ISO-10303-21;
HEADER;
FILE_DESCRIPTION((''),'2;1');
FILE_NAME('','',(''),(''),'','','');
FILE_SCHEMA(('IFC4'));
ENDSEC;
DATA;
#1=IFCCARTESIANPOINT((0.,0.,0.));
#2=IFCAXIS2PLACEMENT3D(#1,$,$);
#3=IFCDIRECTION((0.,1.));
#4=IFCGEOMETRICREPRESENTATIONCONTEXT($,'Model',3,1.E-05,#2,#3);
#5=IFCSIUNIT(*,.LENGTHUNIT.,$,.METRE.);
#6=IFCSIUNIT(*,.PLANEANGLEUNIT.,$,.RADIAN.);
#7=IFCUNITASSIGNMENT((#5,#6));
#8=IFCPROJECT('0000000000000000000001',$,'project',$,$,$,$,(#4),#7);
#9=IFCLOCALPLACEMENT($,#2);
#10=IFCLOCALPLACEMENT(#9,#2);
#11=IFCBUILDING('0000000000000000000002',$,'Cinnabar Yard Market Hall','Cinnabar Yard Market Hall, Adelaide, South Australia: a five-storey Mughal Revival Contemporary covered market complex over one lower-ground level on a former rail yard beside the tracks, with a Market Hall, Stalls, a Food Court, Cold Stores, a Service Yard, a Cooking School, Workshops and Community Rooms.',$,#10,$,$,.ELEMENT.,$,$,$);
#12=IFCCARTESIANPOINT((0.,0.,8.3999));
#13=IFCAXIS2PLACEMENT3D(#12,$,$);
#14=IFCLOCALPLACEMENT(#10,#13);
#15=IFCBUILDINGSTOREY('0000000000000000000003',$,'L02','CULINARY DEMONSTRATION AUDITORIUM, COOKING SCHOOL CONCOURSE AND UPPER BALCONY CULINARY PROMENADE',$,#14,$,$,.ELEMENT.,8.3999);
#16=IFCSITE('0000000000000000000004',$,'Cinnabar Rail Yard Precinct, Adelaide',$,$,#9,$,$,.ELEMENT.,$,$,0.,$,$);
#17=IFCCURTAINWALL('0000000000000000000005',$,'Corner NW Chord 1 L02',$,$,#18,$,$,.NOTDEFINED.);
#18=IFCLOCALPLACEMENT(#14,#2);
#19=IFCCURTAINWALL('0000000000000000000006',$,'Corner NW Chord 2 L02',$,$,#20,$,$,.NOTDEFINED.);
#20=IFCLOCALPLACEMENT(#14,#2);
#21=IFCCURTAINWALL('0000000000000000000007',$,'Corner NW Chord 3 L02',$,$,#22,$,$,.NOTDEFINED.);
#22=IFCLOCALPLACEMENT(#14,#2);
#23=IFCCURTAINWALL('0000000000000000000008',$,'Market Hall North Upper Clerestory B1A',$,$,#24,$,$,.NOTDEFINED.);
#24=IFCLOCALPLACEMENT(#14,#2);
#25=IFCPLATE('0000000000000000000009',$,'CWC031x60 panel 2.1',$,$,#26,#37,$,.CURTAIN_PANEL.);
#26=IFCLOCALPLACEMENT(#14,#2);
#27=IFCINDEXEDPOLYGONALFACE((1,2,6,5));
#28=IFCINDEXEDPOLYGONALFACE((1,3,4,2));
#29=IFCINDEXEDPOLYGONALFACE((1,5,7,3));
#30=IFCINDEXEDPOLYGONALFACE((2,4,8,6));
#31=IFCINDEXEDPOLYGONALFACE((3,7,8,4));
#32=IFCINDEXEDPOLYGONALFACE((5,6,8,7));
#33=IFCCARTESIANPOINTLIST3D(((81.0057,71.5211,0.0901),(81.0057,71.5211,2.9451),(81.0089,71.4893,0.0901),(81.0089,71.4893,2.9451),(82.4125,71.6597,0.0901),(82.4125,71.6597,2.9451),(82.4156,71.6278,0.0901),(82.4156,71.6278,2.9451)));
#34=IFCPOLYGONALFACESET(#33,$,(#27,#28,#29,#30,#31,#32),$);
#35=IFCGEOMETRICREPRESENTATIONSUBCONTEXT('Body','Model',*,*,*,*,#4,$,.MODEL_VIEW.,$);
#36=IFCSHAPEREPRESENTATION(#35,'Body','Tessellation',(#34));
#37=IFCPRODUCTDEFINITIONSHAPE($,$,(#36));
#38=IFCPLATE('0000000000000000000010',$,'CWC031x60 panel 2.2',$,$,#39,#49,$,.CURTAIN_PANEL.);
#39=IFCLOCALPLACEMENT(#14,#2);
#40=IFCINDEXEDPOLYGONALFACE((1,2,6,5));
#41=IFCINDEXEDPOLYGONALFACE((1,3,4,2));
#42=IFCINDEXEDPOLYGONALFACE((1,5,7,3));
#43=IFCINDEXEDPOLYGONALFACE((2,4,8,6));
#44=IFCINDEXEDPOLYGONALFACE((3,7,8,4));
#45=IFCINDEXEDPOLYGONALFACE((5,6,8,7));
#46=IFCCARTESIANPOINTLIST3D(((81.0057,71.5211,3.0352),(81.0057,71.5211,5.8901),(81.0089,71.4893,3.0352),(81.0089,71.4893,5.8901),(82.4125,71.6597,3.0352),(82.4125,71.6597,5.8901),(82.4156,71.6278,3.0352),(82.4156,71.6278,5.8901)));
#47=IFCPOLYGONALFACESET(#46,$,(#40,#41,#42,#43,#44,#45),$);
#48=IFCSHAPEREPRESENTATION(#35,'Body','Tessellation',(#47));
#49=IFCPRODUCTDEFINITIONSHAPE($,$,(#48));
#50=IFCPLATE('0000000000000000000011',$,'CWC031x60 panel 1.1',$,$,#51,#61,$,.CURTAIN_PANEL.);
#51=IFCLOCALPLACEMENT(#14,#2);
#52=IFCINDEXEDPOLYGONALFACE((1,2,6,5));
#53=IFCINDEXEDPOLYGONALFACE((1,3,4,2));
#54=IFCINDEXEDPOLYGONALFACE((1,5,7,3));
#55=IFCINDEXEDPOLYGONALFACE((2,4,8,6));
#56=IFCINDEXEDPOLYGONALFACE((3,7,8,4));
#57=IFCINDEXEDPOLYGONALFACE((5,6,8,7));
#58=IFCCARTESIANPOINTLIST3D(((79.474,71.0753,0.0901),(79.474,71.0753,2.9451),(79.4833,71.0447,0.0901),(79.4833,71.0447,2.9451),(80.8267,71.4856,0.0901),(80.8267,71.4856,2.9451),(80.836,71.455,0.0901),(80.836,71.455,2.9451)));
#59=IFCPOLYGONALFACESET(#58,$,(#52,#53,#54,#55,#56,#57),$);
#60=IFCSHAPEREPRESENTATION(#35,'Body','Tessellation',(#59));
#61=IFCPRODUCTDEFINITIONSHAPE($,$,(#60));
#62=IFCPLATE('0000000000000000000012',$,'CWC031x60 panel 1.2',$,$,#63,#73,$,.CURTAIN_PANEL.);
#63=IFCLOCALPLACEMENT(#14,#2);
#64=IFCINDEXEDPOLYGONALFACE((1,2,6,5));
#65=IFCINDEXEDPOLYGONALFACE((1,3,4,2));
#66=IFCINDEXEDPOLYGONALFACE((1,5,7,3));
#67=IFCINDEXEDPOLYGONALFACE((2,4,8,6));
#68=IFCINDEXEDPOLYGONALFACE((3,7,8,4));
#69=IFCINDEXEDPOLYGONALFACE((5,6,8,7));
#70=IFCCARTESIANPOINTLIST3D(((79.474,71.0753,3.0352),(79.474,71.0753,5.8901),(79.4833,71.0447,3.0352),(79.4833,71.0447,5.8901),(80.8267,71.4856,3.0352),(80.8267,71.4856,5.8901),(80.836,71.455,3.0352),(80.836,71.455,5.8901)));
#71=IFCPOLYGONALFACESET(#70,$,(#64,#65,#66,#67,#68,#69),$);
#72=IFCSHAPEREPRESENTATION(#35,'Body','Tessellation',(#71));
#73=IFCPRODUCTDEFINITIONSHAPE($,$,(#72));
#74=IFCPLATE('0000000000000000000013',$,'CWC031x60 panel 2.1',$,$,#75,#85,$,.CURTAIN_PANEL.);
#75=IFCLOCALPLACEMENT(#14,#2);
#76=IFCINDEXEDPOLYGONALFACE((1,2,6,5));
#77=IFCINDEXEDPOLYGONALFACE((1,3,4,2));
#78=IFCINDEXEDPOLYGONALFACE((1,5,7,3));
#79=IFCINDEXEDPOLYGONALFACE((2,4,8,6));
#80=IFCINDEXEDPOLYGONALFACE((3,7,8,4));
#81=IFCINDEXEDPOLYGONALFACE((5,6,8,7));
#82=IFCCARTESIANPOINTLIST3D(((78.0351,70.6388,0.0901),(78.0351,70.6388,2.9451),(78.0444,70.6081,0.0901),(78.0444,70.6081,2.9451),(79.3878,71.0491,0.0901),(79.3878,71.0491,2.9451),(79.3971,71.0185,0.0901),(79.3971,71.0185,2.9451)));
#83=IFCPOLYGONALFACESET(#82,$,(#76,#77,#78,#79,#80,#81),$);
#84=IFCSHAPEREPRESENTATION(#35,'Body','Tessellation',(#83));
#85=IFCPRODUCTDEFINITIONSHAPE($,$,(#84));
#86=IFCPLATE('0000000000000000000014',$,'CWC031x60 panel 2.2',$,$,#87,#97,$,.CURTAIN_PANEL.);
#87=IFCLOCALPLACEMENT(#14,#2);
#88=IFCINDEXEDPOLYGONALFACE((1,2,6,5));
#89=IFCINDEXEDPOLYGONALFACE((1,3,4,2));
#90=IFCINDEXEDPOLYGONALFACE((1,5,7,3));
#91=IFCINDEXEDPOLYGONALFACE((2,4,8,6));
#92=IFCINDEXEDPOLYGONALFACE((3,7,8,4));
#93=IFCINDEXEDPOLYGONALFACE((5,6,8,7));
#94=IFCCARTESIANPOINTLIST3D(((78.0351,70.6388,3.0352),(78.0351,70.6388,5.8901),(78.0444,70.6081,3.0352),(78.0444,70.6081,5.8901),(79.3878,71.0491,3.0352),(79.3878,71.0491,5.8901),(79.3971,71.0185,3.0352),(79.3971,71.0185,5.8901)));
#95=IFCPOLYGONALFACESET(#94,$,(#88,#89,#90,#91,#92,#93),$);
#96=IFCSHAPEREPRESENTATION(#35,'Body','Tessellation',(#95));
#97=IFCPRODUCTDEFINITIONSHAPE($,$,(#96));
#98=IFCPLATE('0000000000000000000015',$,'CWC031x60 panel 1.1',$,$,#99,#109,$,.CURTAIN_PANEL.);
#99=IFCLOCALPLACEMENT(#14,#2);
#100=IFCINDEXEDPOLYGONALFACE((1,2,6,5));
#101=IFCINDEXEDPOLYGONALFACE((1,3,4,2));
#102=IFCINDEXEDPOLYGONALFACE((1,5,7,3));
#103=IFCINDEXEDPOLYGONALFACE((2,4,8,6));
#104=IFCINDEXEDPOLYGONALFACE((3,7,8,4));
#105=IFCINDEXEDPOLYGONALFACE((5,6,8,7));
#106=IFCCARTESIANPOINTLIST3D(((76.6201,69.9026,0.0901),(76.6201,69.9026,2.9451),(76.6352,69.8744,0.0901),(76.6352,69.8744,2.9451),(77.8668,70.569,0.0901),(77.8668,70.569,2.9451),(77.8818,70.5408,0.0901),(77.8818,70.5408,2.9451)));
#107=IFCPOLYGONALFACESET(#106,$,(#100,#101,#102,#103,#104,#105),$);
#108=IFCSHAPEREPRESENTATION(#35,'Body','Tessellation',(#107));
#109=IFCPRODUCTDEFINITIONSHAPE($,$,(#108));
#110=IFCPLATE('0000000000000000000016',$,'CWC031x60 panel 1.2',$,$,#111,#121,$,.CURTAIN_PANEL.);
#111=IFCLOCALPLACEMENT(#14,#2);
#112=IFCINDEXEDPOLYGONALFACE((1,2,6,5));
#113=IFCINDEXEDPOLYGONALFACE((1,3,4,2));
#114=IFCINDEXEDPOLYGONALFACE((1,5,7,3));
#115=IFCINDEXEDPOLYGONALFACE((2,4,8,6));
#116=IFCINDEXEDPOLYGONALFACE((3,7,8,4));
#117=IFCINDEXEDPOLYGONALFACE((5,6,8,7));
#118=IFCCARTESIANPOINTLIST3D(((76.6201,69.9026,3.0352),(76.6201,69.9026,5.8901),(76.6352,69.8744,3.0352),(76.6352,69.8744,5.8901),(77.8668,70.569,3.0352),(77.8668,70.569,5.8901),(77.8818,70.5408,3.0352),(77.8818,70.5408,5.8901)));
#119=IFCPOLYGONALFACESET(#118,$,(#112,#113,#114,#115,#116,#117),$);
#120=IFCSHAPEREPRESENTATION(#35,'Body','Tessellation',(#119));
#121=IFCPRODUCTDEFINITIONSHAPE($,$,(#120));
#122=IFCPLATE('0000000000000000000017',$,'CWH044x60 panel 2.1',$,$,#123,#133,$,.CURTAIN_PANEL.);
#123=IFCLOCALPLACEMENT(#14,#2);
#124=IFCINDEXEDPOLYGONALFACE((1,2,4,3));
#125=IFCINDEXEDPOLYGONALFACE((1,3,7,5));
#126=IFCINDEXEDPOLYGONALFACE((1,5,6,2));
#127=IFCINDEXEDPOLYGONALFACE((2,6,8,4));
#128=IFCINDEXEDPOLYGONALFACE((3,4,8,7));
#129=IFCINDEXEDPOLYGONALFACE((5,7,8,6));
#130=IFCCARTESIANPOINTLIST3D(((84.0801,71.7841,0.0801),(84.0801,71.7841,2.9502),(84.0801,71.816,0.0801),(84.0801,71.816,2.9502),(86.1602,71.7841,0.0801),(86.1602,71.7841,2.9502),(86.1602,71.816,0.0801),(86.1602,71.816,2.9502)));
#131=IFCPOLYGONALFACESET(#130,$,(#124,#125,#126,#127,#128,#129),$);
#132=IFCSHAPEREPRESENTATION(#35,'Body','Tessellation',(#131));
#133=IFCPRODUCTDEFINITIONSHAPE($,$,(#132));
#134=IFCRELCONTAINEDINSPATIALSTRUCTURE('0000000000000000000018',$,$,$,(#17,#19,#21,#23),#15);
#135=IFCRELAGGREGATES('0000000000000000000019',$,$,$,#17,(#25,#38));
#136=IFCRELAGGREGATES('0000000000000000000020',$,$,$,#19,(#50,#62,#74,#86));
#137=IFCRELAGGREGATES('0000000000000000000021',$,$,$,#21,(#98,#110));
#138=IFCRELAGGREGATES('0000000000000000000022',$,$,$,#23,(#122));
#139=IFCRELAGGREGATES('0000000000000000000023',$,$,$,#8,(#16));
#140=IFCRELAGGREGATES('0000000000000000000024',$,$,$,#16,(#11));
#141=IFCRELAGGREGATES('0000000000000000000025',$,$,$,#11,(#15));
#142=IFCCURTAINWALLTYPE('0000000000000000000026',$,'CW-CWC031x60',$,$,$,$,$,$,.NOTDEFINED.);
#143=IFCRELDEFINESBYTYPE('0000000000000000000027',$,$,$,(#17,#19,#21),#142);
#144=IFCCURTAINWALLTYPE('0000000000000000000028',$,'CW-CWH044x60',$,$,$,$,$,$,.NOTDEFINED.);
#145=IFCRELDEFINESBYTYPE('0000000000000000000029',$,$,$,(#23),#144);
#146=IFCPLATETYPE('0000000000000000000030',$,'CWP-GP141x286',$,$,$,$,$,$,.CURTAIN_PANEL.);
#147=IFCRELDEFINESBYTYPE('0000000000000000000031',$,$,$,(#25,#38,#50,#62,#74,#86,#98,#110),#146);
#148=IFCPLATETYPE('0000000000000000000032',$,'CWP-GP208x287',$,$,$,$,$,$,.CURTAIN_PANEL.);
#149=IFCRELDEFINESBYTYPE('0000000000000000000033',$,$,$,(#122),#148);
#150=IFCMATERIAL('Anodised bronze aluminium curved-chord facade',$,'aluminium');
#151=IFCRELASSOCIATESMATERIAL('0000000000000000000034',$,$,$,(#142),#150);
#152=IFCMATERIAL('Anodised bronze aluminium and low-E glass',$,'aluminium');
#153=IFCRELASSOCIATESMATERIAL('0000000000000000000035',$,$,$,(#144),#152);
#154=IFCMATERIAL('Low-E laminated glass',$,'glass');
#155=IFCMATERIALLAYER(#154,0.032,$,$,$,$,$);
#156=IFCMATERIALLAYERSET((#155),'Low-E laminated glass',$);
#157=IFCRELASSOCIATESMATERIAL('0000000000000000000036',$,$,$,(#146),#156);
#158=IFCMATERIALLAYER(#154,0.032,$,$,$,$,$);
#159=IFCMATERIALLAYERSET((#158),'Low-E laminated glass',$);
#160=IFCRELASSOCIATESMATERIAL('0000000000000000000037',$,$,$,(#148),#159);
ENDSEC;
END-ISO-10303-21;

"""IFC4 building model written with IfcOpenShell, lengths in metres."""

from ifc_helpers import new_model, si_unit, direction, frame, origin, origin_2d_with_axis, place, context, subcontext, project, spatial, rectangle, extrude, material, layer, layer_set, type_object, element, aggregate, save


model = new_model("IFC4")

# Units and contexts
model_context = context("Model", 3, precision=1e-05, world=origin(), true_north=direction((0.0, 1.0)))
body_context = subcontext(model_context, "Body", "Model", "MODEL_VIEW")
ifc_project = project(units=[si_unit("LENGTHUNIT", "METRE"), si_unit("PLANEANGLEUNIT", "RADIAN")], contexts=[model_context])

# Site, building, storey
site_placement = place(None, origin())
site = spatial("IfcSite", under=ifc_project, at=site_placement, Name="Cinnabar Rail Yard Precinct, Adelaide", CompositionType="ELEMENT", RefElevation=0.0)
building_placement = place(site_placement, origin())
building = spatial("IfcBuilding", under=site, at=building_placement, Name="Cinnabar Yard Market Hall", Description="Cinnabar Yard Market Hall, Adelaide, South Australia: a five-storey Mughal Revival Contemporary covered market complex over one lower-ground level on a former rail yard beside the tracks, with a Market Hall, Stalls, a Food Court, Cold Stores, a Service Yard, a Cooking School, Workshops and Community Rooms.", CompositionType="ELEMENT")
storey_placement = place(building_placement, frame((0.0, 0.0, 8.3999)))
storey = spatial("IfcBuildingStorey", under=building, at=storey_placement, Name="L02", Description="CULINARY DEMONSTRATION AUDITORIUM, COOKING SCHOOL CONCOURSE AND UPPER BALCONY CULINARY PROMENADE", CompositionType="ELEMENT", Elevation=8.3999)

# Curtain walls
ifc_material_1 = material(Name="Anodised bronze aluminium curved-chord facade", Category="aluminium")
curtain_wall_type_1 = type_object("IfcCurtainWallType", Name="CW-CWC031x60", PredefinedType="NOTDEFINED", material=ifc_material_1)
curtain_wall_1_placement = place(storey_placement, origin())
curtain_wall_1 = element("IfcCurtainWall", 1, at=curtain_wall_1_placement, inside=storey, type_object=curtain_wall_type_1, Name="Corner NW Chord 1 L02", PredefinedType="NOTDEFINED")
curtain_wall_2_placement = place(storey_placement, origin())
curtain_wall_2 = element("IfcCurtainWall", 2, at=curtain_wall_2_placement, inside=storey, type_object=curtain_wall_type_1, Name="Corner NW Chord 2 L02", PredefinedType="NOTDEFINED")
curtain_wall_3_placement = place(storey_placement, origin())
curtain_wall_3 = element("IfcCurtainWall", 3, at=curtain_wall_3_placement, inside=storey, type_object=curtain_wall_type_1, Name="Corner NW Chord 3 L02", PredefinedType="NOTDEFINED")

# Curtain wall
ifc_material_2 = material(Name="Anodised bronze aluminium and low-E glass", Category="aluminium")
curtain_wall_type_2 = type_object("IfcCurtainWallType", Name="CW-CWH044x60", PredefinedType="NOTDEFINED", material=ifc_material_2)
curtain_wall_4_placement = place(storey_placement, origin())
curtain_wall_4 = element("IfcCurtainWall", 4, at=curtain_wall_4_placement, inside=storey, type_object=curtain_wall_type_2, Name="Market Hall North Upper Clerestory B1A", PredefinedType="NOTDEFINED")

# Plates
ifc_material_3 = material(Name="Low-E laminated glass", Category="glass")
ifc_layer_1 = layer(ifc_material_3, 0.032)
ifc_layer_set_1 = layer_set([ifc_layer_1], Name="Low-E laminated glass")
plate_type_1 = type_object("IfcPlateType", Name="CWP-GP141x286", PredefinedType="CURTAIN_PANEL", material=ifc_layer_set_1)
plate_1_placement = place(storey_placement, frame((81.7107, 71.5745, 0.0901), z_axis=(0.0, 0.0, 1.0), x_axis=(-0.995184, -0.09802, 0.0)))
plate_1 = element("IfcPlate", 5, at=plate_1_placement, type_object=plate_type_1, Name="CWC031x60 panel 2.1", PredefinedType="CURTAIN_PANEL", context=body_context, shape_type="SweptSolid", body=[
    extrude(rectangle(XDim=1.4136, YDim=0.032, at=origin_2d_with_axis()), origin(), (0.0, 0.0, 1.0), 2.855),
])
plate_2_placement = place(storey_placement, frame((81.7107, 71.5745, 3.0352), z_axis=(0.0, 0.0, 1.0), x_axis=(-0.995184, -0.09802, 0.0)))
plate_2 = element("IfcPlate", 6, at=plate_2_placement, type_object=plate_type_1, Name="CWC031x60 panel 2.2", PredefinedType="CURTAIN_PANEL", context=body_context, shape_type="SweptSolid", body=[
    extrude(rectangle(XDim=1.4136, YDim=0.032, at=origin_2d_with_axis()), origin(), (0.0, 0.0, 1.0), 2.855),
])
aggregate(curtain_wall_1, [plate_1, plate_2])
plate_3_placement = place(storey_placement, frame((80.155, 71.2651, 0.0901), z_axis=(0.0, 0.0, 1.0), x_axis=(-0.956942, -0.290279, 0.0)))
plate_3 = element("IfcPlate", 7, at=plate_3_placement, type_object=plate_type_1, Name="CWC031x60 panel 1.1", PredefinedType="CURTAIN_PANEL", context=body_context, shape_type="SweptSolid", body=[
    extrude(rectangle(XDim=1.4136, YDim=0.032, at=origin_2d_with_axis()), origin(), (0.0, 0.0, 1.0), 2.855),
])
plate_4_placement = place(storey_placement, frame((80.155, 71.2651, 3.0352), z_axis=(0.0, 0.0, 1.0), x_axis=(-0.956942, -0.290279, 0.0)))
plate_4 = element("IfcPlate", 8, at=plate_4_placement, type_object=plate_type_1, Name="CWC031x60 panel 1.2", PredefinedType="CURTAIN_PANEL", context=body_context, shape_type="SweptSolid", body=[
    extrude(rectangle(XDim=1.4136, YDim=0.032, at=origin_2d_with_axis()), origin(), (0.0, 0.0, 1.0), 2.855),
])
plate_5_placement = place(storey_placement, frame((78.7161, 70.8286, 0.0901), z_axis=(0.0, 0.0, 1.0), x_axis=(-0.956942, -0.290279, 0.0)))
plate_5 = element("IfcPlate", 9, at=plate_5_placement, type_object=plate_type_1, Name="CWC031x60 panel 2.1", PredefinedType="CURTAIN_PANEL", context=body_context, shape_type="SweptSolid", body=[
    extrude(rectangle(XDim=1.4136, YDim=0.032, at=origin_2d_with_axis()), origin(), (0.0, 0.0, 1.0), 2.855),
])
plate_6_placement = place(storey_placement, frame((78.7161, 70.8286, 3.0352), z_axis=(0.0, 0.0, 1.0), x_axis=(-0.956942, -0.290279, 0.0)))
plate_6 = element("IfcPlate", 10, at=plate_6_placement, type_object=plate_type_1, Name="CWC031x60 panel 2.2", PredefinedType="CURTAIN_PANEL", context=body_context, shape_type="SweptSolid", body=[
    extrude(rectangle(XDim=1.4136, YDim=0.032, at=origin_2d_with_axis()), origin(), (0.0, 0.0, 1.0), 2.855),
])
aggregate(curtain_wall_2, [plate_3, plate_4, plate_5, plate_6])
plate_7_placement = place(storey_placement, frame((77.251, 70.2217, 0.0901), z_axis=(0.0, 0.0, 1.0), x_axis=(-0.881917, -0.471404, 0.0)))
plate_7 = element("IfcPlate", 11, at=plate_7_placement, type_object=plate_type_1, Name="CWC031x60 panel 1.1", PredefinedType="CURTAIN_PANEL", context=body_context, shape_type="SweptSolid", body=[
    extrude(rectangle(XDim=1.4136, YDim=0.032, at=origin_2d_with_axis()), origin(), (0.0, 0.0, 1.0), 2.855),
])
plate_8_placement = place(storey_placement, frame((77.251, 70.2217, 3.0352), z_axis=(0.0, 0.0, 1.0), x_axis=(-0.881917, -0.471404, 0.0)))
plate_8 = element("IfcPlate", 12, at=plate_8_placement, type_object=plate_type_1, Name="CWC031x60 panel 1.2", PredefinedType="CURTAIN_PANEL", context=body_context, shape_type="SweptSolid", body=[
    extrude(rectangle(XDim=1.4136, YDim=0.032, at=origin_2d_with_axis()), origin(), (0.0, 0.0, 1.0), 2.855),
])
aggregate(curtain_wall_3, [plate_7, plate_8])
ifc_layer_2 = layer(ifc_material_3, 0.032)
ifc_layer_set_2 = layer_set([ifc_layer_2], Name="Low-E laminated glass")
plate_type_2 = type_object("IfcPlateType", Name="CWP-GP208x287", PredefinedType="CURTAIN_PANEL", material=ifc_layer_set_2)
plate_9_placement = place(storey_placement, frame((85.1201, 71.8, 0.0801), z_axis=(0.0, 0.0, 1.0), x_axis=(-1.0, 0.0, 0.0)))
plate_9 = element("IfcPlate", 13, at=plate_9_placement, type_object=plate_type_2, Name="CWH044x60 panel 2.1", PredefinedType="CURTAIN_PANEL", context=body_context, shape_type="SweptSolid", body=[
    extrude(rectangle(XDim=2.0801, YDim=0.032, at=origin_2d_with_axis()), origin(), (0.0, 0.0, 1.0), 2.8701),
])
aggregate(curtain_wall_4, [plate_9])

save(model, "model.ifc")
